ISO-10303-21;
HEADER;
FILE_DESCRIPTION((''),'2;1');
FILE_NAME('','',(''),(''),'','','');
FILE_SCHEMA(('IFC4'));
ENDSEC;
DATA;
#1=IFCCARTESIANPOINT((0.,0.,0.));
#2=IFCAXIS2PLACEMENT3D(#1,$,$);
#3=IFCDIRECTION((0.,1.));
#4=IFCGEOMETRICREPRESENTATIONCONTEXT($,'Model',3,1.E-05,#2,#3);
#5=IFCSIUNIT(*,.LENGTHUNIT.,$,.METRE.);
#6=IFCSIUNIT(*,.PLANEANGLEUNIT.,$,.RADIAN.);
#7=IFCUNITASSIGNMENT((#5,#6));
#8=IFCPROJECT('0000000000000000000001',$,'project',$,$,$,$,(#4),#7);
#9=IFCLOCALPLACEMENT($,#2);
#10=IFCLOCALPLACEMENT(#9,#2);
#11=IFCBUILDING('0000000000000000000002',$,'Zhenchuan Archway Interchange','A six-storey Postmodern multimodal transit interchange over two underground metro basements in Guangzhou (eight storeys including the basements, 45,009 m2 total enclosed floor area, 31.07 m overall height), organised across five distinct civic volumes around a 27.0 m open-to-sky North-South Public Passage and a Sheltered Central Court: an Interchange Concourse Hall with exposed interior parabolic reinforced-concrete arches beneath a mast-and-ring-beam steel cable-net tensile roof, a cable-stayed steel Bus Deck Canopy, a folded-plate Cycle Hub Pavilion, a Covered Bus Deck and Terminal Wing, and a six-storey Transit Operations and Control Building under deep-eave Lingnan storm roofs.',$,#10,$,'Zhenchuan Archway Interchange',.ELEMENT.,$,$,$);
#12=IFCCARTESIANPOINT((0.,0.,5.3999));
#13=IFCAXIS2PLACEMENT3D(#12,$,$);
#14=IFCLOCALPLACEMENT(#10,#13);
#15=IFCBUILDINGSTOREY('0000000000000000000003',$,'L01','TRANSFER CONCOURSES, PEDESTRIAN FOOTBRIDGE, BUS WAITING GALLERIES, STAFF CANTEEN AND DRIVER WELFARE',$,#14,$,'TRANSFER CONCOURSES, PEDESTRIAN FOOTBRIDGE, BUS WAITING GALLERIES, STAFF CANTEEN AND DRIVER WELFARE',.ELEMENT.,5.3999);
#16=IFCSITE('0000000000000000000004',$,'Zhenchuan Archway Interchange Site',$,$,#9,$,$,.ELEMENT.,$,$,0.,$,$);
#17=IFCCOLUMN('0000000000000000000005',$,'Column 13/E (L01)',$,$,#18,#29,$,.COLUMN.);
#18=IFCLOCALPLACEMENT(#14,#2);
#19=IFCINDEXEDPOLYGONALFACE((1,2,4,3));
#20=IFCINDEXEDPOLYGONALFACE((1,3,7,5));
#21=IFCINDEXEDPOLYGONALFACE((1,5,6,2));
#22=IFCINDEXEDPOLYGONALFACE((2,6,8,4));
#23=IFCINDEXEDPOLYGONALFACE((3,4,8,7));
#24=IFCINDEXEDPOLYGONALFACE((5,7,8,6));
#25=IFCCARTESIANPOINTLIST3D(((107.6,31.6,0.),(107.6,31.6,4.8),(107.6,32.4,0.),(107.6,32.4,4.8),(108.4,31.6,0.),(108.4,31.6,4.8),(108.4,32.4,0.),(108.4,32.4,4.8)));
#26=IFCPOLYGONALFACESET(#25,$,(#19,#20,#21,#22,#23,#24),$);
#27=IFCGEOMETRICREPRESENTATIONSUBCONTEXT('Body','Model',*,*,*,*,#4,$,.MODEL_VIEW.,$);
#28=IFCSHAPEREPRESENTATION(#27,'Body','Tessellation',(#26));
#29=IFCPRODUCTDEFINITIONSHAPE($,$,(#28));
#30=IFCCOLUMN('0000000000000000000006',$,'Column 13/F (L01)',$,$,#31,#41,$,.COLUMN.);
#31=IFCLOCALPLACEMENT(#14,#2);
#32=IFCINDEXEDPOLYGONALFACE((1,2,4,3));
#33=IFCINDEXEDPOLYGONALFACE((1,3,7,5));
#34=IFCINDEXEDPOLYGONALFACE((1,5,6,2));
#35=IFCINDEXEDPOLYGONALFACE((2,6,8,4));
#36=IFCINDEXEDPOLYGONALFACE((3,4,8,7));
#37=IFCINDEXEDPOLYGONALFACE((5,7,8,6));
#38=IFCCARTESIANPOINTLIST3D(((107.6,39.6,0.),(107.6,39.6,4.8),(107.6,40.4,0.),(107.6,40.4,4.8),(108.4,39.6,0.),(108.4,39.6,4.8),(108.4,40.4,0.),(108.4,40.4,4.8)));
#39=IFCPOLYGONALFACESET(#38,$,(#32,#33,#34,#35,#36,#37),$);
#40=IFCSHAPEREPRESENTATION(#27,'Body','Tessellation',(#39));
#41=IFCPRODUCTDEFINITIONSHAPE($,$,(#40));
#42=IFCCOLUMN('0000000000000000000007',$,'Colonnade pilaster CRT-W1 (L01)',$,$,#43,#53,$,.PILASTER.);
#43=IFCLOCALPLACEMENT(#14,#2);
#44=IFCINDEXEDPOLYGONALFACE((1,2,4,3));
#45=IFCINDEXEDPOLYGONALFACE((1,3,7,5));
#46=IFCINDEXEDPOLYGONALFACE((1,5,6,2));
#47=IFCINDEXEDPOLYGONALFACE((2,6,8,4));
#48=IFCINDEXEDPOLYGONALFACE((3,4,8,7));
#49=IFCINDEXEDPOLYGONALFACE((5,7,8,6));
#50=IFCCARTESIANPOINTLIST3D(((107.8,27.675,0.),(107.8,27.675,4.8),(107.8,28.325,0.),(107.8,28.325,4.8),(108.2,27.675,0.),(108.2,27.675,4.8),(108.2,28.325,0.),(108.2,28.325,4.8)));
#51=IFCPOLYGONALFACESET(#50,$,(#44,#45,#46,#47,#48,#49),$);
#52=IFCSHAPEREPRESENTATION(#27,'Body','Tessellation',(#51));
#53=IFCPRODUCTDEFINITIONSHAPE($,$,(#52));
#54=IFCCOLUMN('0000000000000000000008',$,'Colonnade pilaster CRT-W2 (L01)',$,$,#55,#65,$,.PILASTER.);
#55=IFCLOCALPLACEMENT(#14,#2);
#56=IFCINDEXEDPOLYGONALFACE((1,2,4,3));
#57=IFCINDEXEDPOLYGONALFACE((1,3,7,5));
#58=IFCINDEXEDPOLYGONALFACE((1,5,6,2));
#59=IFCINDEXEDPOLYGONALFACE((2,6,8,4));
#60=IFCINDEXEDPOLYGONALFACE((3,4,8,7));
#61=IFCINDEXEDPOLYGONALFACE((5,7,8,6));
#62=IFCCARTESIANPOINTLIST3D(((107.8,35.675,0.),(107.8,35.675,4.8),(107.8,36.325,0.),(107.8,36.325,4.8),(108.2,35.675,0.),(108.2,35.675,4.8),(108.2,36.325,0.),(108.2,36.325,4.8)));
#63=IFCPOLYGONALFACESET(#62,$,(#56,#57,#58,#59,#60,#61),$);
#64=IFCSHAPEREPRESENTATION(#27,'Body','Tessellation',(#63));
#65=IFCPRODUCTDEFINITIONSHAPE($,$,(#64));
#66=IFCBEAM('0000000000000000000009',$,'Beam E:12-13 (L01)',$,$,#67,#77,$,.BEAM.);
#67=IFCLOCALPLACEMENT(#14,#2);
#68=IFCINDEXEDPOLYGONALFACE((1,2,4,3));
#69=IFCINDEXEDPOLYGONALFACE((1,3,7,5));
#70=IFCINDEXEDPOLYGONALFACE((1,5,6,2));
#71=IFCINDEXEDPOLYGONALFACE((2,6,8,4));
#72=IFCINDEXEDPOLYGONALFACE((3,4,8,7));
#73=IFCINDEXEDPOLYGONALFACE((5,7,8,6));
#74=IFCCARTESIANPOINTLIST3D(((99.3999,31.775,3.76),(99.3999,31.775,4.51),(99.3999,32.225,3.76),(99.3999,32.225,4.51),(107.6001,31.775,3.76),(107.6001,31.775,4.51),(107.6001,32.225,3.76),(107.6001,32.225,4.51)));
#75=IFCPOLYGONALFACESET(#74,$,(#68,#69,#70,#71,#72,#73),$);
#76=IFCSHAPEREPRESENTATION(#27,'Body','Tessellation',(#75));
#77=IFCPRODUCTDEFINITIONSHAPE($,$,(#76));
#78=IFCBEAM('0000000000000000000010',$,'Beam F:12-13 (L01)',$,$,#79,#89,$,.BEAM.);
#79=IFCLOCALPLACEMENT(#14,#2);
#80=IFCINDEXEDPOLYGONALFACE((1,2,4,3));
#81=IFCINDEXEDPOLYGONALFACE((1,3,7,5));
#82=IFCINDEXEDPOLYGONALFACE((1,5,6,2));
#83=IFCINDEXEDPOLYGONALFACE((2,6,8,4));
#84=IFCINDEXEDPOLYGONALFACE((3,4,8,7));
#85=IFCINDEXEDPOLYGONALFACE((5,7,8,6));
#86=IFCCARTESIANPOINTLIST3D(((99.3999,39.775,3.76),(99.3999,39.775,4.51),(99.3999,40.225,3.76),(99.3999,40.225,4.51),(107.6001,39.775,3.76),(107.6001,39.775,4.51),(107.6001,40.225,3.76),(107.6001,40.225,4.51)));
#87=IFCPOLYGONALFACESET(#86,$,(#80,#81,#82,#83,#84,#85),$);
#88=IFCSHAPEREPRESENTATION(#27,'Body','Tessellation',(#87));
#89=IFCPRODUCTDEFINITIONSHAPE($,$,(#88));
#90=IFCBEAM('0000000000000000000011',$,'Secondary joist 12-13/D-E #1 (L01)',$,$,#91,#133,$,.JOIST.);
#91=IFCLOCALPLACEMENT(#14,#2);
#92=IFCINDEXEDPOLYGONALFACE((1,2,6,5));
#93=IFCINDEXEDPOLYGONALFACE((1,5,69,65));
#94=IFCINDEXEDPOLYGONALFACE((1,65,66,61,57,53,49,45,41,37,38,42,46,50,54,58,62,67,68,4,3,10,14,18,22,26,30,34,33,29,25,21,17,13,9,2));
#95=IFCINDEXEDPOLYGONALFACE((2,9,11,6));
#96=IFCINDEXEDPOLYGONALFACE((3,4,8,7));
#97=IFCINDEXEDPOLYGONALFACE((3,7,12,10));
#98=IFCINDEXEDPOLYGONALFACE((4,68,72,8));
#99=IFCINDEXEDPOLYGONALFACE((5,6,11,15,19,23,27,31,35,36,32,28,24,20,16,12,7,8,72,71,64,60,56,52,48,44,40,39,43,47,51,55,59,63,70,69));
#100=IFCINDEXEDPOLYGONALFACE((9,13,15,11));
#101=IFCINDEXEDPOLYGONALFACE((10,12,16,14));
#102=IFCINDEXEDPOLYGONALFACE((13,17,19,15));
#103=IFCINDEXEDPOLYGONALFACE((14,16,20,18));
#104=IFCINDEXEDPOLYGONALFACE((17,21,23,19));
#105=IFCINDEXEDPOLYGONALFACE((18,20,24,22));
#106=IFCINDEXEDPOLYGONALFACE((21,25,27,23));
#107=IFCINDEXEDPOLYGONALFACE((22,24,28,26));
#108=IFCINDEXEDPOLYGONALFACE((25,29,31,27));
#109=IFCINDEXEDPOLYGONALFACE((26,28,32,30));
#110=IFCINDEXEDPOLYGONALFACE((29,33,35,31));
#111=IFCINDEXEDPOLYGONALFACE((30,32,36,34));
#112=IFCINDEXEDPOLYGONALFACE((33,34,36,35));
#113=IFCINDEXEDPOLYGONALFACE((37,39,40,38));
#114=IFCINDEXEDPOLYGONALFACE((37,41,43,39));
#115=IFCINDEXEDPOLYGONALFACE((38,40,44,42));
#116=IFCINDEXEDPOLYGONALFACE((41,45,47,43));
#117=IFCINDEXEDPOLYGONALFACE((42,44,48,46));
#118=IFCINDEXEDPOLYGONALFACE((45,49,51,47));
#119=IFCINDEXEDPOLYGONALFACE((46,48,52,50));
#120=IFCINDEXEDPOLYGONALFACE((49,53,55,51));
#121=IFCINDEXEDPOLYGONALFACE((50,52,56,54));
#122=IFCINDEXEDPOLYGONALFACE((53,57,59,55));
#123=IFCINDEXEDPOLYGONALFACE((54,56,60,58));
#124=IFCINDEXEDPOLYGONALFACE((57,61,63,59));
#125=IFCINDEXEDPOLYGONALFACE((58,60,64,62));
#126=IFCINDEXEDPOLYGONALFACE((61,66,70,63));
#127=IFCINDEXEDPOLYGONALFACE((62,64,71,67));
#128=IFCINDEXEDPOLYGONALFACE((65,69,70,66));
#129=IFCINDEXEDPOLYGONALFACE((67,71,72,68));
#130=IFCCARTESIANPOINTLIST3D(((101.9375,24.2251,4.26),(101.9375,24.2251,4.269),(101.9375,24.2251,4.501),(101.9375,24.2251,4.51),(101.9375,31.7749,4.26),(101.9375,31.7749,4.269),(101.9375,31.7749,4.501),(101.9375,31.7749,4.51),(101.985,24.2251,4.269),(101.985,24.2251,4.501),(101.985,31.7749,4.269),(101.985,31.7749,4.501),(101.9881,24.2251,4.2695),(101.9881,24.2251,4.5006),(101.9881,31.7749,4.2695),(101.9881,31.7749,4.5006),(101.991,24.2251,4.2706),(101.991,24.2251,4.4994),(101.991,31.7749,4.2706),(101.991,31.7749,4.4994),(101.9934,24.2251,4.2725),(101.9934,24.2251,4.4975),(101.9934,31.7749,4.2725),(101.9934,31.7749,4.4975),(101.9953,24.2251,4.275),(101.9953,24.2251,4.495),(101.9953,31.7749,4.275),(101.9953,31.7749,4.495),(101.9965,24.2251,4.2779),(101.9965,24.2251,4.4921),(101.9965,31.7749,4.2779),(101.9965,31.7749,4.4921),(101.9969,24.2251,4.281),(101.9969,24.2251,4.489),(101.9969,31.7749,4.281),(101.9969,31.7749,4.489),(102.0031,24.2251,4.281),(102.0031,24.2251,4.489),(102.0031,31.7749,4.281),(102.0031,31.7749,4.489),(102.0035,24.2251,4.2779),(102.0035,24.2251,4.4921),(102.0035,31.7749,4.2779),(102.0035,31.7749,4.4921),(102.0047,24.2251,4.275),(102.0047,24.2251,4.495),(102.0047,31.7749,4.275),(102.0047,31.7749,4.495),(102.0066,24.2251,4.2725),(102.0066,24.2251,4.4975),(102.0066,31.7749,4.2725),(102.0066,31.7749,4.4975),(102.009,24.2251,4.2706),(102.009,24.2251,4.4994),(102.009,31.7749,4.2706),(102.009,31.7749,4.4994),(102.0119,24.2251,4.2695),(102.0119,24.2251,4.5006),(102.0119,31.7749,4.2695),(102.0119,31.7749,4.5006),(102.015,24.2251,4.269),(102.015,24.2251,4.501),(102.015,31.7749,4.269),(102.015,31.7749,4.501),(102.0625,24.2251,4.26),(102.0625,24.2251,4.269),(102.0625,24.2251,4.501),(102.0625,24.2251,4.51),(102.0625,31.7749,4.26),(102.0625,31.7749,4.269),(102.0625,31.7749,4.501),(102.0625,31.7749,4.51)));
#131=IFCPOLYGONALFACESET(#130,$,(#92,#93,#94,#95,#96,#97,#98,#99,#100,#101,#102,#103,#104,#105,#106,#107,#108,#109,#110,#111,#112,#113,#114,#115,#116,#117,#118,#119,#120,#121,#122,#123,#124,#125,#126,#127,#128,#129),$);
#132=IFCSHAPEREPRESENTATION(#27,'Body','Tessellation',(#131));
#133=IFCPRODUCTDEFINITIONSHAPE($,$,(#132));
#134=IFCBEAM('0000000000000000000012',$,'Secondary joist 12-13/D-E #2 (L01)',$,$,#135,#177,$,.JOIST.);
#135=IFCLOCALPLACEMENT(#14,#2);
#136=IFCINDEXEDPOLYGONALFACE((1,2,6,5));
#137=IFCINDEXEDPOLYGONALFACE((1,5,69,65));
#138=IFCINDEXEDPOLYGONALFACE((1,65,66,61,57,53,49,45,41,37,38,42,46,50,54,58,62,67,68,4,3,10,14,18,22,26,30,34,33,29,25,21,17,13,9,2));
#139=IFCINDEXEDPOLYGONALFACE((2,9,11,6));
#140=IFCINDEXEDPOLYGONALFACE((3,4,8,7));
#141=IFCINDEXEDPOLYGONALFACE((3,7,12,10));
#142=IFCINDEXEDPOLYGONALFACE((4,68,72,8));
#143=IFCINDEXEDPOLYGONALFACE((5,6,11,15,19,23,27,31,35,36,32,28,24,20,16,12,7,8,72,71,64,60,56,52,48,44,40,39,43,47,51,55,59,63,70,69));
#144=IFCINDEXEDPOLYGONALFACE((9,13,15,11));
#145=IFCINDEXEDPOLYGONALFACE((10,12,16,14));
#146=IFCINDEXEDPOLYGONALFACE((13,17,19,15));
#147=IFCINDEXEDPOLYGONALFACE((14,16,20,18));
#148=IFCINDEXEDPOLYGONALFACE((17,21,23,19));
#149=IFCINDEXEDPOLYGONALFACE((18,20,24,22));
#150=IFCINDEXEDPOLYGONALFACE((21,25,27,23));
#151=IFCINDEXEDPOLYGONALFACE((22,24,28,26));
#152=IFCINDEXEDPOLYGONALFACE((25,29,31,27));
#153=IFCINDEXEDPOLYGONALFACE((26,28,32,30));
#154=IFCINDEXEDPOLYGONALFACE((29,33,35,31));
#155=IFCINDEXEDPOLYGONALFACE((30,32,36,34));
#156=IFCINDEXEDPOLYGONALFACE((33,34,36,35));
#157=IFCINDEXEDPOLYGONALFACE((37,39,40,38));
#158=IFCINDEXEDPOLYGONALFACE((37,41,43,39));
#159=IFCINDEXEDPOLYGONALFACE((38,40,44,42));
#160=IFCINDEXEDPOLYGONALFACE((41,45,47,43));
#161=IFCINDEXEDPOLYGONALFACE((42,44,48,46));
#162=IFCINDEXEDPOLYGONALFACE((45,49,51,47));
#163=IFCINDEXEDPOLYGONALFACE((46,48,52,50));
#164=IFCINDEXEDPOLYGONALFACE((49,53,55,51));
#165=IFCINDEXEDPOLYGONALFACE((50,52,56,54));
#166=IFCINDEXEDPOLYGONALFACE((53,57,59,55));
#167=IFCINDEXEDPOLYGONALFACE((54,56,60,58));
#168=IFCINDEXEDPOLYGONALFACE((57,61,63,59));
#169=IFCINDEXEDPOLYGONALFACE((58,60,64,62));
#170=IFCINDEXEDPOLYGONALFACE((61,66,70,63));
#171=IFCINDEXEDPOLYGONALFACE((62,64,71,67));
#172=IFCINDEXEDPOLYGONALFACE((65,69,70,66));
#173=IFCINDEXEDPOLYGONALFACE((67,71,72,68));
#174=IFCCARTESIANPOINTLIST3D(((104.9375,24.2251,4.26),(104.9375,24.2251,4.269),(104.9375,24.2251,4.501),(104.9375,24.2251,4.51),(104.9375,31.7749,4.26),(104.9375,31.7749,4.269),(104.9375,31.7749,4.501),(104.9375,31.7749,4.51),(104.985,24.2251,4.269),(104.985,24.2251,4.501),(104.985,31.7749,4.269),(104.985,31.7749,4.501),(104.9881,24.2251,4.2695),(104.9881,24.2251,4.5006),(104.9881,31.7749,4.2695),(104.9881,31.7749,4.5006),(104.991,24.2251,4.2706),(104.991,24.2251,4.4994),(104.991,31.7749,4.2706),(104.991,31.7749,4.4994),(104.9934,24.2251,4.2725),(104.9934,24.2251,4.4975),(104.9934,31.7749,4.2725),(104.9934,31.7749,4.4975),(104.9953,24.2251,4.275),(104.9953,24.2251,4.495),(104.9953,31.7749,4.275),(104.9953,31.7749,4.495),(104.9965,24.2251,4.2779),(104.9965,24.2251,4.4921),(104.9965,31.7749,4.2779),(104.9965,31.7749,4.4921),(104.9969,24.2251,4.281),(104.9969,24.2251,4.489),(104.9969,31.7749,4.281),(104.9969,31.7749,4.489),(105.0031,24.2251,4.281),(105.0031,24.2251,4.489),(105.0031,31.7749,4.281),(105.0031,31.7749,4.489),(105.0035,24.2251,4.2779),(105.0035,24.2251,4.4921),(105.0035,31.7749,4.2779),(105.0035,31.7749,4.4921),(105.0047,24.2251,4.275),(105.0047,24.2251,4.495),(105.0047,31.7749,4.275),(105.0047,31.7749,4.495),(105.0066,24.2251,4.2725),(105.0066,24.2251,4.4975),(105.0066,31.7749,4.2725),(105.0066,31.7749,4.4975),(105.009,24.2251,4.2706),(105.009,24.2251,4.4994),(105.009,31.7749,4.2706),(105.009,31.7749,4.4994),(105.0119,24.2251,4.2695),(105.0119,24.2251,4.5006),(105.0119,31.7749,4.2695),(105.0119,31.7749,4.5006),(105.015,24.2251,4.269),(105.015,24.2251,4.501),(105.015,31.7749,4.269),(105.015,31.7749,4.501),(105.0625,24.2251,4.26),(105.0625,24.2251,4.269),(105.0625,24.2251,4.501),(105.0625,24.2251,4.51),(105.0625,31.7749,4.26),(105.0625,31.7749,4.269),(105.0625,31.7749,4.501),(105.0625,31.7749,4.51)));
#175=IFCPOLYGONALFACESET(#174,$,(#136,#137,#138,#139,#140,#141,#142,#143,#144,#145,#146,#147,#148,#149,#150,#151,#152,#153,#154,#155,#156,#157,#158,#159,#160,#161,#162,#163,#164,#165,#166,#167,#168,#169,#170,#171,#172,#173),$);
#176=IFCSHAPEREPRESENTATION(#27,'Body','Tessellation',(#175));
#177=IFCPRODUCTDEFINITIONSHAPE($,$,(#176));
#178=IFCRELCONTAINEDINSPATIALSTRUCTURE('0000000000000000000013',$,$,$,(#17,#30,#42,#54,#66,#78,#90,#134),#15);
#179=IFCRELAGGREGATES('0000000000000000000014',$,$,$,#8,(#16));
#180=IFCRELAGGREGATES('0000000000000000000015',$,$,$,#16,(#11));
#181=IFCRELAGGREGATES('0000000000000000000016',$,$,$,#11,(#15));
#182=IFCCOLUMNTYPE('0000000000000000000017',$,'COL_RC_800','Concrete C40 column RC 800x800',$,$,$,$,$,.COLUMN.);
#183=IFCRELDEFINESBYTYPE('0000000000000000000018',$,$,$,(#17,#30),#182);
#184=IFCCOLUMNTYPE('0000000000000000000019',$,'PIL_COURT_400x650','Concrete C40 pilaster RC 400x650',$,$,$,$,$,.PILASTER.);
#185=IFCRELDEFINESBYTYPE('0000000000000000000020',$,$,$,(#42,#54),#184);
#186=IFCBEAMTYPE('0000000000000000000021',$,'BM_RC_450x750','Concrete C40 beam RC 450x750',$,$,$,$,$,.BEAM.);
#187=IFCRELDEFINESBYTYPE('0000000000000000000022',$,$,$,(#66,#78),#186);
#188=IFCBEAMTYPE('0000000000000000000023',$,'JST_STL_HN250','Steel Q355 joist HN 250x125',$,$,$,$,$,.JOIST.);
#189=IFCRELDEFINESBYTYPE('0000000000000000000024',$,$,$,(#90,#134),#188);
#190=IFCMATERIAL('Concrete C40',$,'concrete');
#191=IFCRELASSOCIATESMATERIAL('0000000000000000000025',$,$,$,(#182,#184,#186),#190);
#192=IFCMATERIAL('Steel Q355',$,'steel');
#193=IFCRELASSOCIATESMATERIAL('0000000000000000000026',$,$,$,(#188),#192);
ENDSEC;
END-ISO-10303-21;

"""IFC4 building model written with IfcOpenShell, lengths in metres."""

from ifc_helpers import new_model, si_unit, direction, frame, origin, origin_2d, place, context, subcontext, project, spatial, rectangle, i_section, extrude, material, material_profile, profile_set, type_object, element, save


model = new_model("IFC4")

# Units and contexts
model_context = context("Model", 3, precision=1e-05, world=origin(), true_north=direction((0.0, 1.0)))
body_context = subcontext(model_context, "Body", "Model", "MODEL_VIEW")
ifc_project = project(units=[si_unit("LENGTHUNIT", "METRE"), si_unit("PLANEANGLEUNIT", "RADIAN")], contexts=[model_context])

# Site, building, storey
site_placement = place(None, origin())
site = spatial("IfcSite", under=ifc_project, at=site_placement, Name="Zhenchuan Archway Interchange Site", CompositionType="ELEMENT", RefElevation=0.0)
building_placement = place(site_placement, origin())
building = spatial("IfcBuilding", under=site, at=building_placement, Name="Zhenchuan Archway Interchange", Description="A six-storey Postmodern multimodal transit interchange over two underground metro basements in Guangzhou (eight storeys including the basements, 45,009 m2 total enclosed floor area, 31.07 m overall height), organised across five distinct civic volumes around a 27.0 m open-to-sky North-South Public Passage and a Sheltered Central Court: an Interchange Concourse Hall with exposed interior parabolic reinforced-concrete arches beneath a mast-and-ring-beam steel cable-net tensile roof, a cable-stayed steel Bus Deck Canopy, a folded-plate Cycle Hub Pavilion, a Covered Bus Deck and Terminal Wing, and a six-storey Transit Operations and Control Building under deep-eave Lingnan storm roofs.", LongName="Zhenchuan Archway Interchange", CompositionType="ELEMENT")
storey_placement = place(building_placement, frame((0.0, 0.0, 5.3999)))
storey = spatial("IfcBuildingStorey", under=building, at=storey_placement, Name="L01", Description="TRANSFER CONCOURSES, PEDESTRIAN FOOTBRIDGE, BUS WAITING GALLERIES, STAFF CANTEEN AND DRIVER WELFARE", LongName="TRANSFER CONCOURSES, PEDESTRIAN FOOTBRIDGE, BUS WAITING GALLERIES, STAFF CANTEEN AND DRIVER WELFARE", CompositionType="ELEMENT", Elevation=5.3999)

# Columns
ifc_material_1 = material(Name="Concrete C40", Category="concrete")
ifc_material_profile_1 = material_profile(ifc_material_1, rectangle(XDim=0.8, YDim=0.8, at=origin_2d()), Name="RC 800x800")
ifc_profile_set_1 = profile_set([ifc_material_profile_1], Name="Concrete C40")
column_type_1 = type_object("IfcColumnType", Name="COL_RC_800", Description="Concrete C40 column RC 800x800", PredefinedType="COLUMN", material=ifc_profile_set_1)
for number, where, z_axis, x_axis, name in (
    (1, (108.0, 32.0, 0.0), (0.0, 0.0, 1.0), (1.0, 0.0, 0.0), "Column 13/E (L01)"),
    (2, (108.0, 40.0, 0.0), (0.0, 0.0, 1.0), (1.0, 0.0, 0.0), "Column 13/F (L01)"),
):
    element("IfcColumn", number, at=place(storey_placement, frame(where, z_axis=z_axis, x_axis=x_axis)), inside=storey, type_object=column_type_1, Name=name, PredefinedType="COLUMN", context=body_context, shape_type="SweptSolid", body=[
        extrude(rectangle(XDim=0.8, YDim=0.8, at=origin_2d()), origin(), (0.0, 0.0, 1.0), 4.8),
    ])
ifc_material_profile_2 = material_profile(ifc_material_1, rectangle(XDim=0.3999, YDim=0.6499, at=origin_2d()), Name="RC 400x650")
ifc_profile_set_2 = profile_set([ifc_material_profile_2], Name="Concrete C40")
column_type_2 = type_object("IfcColumnType", Name="PIL_COURT_400x650", Description="Concrete C40 pilaster RC 400x650", PredefinedType="PILASTER", material=ifc_profile_set_2)
for number, where, z_axis, x_axis, name in (
    (3, (108.0, 28.0, 0.0), (0.0, 0.0, 1.0), (1.0, 0.0, 0.0), "Colonnade pilaster CRT-W1 (L01)"),
    (4, (108.0, 36.0, 0.0), (0.0, 0.0, 1.0), (1.0, 0.0, 0.0), "Colonnade pilaster CRT-W2 (L01)"),
):
    element("IfcColumn", number, at=place(storey_placement, frame(where, z_axis=z_axis, x_axis=x_axis)), inside=storey, type_object=column_type_2, Name=name, PredefinedType="PILASTER", context=body_context, shape_type="SweptSolid", body=[
        extrude(rectangle(XDim=0.3999, YDim=0.6499, at=origin_2d()), origin(), (0.0, 0.0, 1.0), 4.8),
    ])

# Beams
ifc_material_profile_3 = material_profile(ifc_material_1, rectangle(XDim=0.45, YDim=0.75, at=origin_2d()), Name="RC 450x750")
ifc_profile_set_3 = profile_set([ifc_material_profile_3], Name="Concrete C40")
beam_type_1 = type_object("IfcBeamType", Name="BM_RC_450x750", Description="Concrete C40 beam RC 450x750", PredefinedType="BEAM", material=ifc_profile_set_3)
for number, where, z_axis, x_axis, name in (
    (5, (99.3999, 32.0, 4.135), (1.0, 0.0, 0.0), (0.0, 1.0, 0.0), "Beam E:12-13 (L01)"),
    (6, (99.3999, 40.0, 4.135), (1.0, 0.0, 0.0), (0.0, 1.0, 0.0), "Beam F:12-13 (L01)"),
):
    element("IfcBeam", number, at=place(storey_placement, frame(where, z_axis=z_axis, x_axis=x_axis)), inside=storey, type_object=beam_type_1, Name=name, PredefinedType="BEAM", context=body_context, shape_type="SweptSolid", body=[
        extrude(rectangle(XDim=0.45, YDim=0.75, at=origin_2d()), origin(), (0.0, 0.0, 1.0), 8.2002),
    ])
ifc_material_2 = material(Name="Steel Q355", Category="steel")
ifc_material_profile_4 = material_profile(ifc_material_2, i_section(OverallWidth=0.125, OverallDepth=0.25, WebThickness=0.0061, FlangeThickness=0.009, FilletRadius=0.012, at=origin_2d()), Name="HN 250x125")
ifc_profile_set_4 = profile_set([ifc_material_profile_4], Name="Steel Q355")
beam_type_2 = type_object("IfcBeamType", Name="JST_STL_HN250", Description="Steel Q355 joist HN 250x125", PredefinedType="JOIST", material=ifc_profile_set_4)
for number, where, z_axis, x_axis, name in (
    (7, (102.0, 24.2251, 4.385), (0.0, 1.0, 0.0), (-1.0, 0.0, 0.0), "Secondary joist 12-13/D-E #1 (L01)"),
    (8, (105.0, 24.2251, 4.385), (0.0, 1.0, 0.0), (-1.0, 0.0, 0.0), "Secondary joist 12-13/D-E #2 (L01)"),
):
    element("IfcBeam", number, at=place(storey_placement, frame(where, z_axis=z_axis, x_axis=x_axis)), inside=storey, type_object=beam_type_2, Name=name, PredefinedType="JOIST", context=body_context, shape_type="SweptSolid", body=[
        extrude(i_section(OverallWidth=0.125, OverallDepth=0.25, WebThickness=0.0061, FlangeThickness=0.009, FilletRadius=0.012, at=origin_2d()), origin(), (0.0, 0.0, 1.0), 7.5498),
    ])

save(model, "model.ifc")
